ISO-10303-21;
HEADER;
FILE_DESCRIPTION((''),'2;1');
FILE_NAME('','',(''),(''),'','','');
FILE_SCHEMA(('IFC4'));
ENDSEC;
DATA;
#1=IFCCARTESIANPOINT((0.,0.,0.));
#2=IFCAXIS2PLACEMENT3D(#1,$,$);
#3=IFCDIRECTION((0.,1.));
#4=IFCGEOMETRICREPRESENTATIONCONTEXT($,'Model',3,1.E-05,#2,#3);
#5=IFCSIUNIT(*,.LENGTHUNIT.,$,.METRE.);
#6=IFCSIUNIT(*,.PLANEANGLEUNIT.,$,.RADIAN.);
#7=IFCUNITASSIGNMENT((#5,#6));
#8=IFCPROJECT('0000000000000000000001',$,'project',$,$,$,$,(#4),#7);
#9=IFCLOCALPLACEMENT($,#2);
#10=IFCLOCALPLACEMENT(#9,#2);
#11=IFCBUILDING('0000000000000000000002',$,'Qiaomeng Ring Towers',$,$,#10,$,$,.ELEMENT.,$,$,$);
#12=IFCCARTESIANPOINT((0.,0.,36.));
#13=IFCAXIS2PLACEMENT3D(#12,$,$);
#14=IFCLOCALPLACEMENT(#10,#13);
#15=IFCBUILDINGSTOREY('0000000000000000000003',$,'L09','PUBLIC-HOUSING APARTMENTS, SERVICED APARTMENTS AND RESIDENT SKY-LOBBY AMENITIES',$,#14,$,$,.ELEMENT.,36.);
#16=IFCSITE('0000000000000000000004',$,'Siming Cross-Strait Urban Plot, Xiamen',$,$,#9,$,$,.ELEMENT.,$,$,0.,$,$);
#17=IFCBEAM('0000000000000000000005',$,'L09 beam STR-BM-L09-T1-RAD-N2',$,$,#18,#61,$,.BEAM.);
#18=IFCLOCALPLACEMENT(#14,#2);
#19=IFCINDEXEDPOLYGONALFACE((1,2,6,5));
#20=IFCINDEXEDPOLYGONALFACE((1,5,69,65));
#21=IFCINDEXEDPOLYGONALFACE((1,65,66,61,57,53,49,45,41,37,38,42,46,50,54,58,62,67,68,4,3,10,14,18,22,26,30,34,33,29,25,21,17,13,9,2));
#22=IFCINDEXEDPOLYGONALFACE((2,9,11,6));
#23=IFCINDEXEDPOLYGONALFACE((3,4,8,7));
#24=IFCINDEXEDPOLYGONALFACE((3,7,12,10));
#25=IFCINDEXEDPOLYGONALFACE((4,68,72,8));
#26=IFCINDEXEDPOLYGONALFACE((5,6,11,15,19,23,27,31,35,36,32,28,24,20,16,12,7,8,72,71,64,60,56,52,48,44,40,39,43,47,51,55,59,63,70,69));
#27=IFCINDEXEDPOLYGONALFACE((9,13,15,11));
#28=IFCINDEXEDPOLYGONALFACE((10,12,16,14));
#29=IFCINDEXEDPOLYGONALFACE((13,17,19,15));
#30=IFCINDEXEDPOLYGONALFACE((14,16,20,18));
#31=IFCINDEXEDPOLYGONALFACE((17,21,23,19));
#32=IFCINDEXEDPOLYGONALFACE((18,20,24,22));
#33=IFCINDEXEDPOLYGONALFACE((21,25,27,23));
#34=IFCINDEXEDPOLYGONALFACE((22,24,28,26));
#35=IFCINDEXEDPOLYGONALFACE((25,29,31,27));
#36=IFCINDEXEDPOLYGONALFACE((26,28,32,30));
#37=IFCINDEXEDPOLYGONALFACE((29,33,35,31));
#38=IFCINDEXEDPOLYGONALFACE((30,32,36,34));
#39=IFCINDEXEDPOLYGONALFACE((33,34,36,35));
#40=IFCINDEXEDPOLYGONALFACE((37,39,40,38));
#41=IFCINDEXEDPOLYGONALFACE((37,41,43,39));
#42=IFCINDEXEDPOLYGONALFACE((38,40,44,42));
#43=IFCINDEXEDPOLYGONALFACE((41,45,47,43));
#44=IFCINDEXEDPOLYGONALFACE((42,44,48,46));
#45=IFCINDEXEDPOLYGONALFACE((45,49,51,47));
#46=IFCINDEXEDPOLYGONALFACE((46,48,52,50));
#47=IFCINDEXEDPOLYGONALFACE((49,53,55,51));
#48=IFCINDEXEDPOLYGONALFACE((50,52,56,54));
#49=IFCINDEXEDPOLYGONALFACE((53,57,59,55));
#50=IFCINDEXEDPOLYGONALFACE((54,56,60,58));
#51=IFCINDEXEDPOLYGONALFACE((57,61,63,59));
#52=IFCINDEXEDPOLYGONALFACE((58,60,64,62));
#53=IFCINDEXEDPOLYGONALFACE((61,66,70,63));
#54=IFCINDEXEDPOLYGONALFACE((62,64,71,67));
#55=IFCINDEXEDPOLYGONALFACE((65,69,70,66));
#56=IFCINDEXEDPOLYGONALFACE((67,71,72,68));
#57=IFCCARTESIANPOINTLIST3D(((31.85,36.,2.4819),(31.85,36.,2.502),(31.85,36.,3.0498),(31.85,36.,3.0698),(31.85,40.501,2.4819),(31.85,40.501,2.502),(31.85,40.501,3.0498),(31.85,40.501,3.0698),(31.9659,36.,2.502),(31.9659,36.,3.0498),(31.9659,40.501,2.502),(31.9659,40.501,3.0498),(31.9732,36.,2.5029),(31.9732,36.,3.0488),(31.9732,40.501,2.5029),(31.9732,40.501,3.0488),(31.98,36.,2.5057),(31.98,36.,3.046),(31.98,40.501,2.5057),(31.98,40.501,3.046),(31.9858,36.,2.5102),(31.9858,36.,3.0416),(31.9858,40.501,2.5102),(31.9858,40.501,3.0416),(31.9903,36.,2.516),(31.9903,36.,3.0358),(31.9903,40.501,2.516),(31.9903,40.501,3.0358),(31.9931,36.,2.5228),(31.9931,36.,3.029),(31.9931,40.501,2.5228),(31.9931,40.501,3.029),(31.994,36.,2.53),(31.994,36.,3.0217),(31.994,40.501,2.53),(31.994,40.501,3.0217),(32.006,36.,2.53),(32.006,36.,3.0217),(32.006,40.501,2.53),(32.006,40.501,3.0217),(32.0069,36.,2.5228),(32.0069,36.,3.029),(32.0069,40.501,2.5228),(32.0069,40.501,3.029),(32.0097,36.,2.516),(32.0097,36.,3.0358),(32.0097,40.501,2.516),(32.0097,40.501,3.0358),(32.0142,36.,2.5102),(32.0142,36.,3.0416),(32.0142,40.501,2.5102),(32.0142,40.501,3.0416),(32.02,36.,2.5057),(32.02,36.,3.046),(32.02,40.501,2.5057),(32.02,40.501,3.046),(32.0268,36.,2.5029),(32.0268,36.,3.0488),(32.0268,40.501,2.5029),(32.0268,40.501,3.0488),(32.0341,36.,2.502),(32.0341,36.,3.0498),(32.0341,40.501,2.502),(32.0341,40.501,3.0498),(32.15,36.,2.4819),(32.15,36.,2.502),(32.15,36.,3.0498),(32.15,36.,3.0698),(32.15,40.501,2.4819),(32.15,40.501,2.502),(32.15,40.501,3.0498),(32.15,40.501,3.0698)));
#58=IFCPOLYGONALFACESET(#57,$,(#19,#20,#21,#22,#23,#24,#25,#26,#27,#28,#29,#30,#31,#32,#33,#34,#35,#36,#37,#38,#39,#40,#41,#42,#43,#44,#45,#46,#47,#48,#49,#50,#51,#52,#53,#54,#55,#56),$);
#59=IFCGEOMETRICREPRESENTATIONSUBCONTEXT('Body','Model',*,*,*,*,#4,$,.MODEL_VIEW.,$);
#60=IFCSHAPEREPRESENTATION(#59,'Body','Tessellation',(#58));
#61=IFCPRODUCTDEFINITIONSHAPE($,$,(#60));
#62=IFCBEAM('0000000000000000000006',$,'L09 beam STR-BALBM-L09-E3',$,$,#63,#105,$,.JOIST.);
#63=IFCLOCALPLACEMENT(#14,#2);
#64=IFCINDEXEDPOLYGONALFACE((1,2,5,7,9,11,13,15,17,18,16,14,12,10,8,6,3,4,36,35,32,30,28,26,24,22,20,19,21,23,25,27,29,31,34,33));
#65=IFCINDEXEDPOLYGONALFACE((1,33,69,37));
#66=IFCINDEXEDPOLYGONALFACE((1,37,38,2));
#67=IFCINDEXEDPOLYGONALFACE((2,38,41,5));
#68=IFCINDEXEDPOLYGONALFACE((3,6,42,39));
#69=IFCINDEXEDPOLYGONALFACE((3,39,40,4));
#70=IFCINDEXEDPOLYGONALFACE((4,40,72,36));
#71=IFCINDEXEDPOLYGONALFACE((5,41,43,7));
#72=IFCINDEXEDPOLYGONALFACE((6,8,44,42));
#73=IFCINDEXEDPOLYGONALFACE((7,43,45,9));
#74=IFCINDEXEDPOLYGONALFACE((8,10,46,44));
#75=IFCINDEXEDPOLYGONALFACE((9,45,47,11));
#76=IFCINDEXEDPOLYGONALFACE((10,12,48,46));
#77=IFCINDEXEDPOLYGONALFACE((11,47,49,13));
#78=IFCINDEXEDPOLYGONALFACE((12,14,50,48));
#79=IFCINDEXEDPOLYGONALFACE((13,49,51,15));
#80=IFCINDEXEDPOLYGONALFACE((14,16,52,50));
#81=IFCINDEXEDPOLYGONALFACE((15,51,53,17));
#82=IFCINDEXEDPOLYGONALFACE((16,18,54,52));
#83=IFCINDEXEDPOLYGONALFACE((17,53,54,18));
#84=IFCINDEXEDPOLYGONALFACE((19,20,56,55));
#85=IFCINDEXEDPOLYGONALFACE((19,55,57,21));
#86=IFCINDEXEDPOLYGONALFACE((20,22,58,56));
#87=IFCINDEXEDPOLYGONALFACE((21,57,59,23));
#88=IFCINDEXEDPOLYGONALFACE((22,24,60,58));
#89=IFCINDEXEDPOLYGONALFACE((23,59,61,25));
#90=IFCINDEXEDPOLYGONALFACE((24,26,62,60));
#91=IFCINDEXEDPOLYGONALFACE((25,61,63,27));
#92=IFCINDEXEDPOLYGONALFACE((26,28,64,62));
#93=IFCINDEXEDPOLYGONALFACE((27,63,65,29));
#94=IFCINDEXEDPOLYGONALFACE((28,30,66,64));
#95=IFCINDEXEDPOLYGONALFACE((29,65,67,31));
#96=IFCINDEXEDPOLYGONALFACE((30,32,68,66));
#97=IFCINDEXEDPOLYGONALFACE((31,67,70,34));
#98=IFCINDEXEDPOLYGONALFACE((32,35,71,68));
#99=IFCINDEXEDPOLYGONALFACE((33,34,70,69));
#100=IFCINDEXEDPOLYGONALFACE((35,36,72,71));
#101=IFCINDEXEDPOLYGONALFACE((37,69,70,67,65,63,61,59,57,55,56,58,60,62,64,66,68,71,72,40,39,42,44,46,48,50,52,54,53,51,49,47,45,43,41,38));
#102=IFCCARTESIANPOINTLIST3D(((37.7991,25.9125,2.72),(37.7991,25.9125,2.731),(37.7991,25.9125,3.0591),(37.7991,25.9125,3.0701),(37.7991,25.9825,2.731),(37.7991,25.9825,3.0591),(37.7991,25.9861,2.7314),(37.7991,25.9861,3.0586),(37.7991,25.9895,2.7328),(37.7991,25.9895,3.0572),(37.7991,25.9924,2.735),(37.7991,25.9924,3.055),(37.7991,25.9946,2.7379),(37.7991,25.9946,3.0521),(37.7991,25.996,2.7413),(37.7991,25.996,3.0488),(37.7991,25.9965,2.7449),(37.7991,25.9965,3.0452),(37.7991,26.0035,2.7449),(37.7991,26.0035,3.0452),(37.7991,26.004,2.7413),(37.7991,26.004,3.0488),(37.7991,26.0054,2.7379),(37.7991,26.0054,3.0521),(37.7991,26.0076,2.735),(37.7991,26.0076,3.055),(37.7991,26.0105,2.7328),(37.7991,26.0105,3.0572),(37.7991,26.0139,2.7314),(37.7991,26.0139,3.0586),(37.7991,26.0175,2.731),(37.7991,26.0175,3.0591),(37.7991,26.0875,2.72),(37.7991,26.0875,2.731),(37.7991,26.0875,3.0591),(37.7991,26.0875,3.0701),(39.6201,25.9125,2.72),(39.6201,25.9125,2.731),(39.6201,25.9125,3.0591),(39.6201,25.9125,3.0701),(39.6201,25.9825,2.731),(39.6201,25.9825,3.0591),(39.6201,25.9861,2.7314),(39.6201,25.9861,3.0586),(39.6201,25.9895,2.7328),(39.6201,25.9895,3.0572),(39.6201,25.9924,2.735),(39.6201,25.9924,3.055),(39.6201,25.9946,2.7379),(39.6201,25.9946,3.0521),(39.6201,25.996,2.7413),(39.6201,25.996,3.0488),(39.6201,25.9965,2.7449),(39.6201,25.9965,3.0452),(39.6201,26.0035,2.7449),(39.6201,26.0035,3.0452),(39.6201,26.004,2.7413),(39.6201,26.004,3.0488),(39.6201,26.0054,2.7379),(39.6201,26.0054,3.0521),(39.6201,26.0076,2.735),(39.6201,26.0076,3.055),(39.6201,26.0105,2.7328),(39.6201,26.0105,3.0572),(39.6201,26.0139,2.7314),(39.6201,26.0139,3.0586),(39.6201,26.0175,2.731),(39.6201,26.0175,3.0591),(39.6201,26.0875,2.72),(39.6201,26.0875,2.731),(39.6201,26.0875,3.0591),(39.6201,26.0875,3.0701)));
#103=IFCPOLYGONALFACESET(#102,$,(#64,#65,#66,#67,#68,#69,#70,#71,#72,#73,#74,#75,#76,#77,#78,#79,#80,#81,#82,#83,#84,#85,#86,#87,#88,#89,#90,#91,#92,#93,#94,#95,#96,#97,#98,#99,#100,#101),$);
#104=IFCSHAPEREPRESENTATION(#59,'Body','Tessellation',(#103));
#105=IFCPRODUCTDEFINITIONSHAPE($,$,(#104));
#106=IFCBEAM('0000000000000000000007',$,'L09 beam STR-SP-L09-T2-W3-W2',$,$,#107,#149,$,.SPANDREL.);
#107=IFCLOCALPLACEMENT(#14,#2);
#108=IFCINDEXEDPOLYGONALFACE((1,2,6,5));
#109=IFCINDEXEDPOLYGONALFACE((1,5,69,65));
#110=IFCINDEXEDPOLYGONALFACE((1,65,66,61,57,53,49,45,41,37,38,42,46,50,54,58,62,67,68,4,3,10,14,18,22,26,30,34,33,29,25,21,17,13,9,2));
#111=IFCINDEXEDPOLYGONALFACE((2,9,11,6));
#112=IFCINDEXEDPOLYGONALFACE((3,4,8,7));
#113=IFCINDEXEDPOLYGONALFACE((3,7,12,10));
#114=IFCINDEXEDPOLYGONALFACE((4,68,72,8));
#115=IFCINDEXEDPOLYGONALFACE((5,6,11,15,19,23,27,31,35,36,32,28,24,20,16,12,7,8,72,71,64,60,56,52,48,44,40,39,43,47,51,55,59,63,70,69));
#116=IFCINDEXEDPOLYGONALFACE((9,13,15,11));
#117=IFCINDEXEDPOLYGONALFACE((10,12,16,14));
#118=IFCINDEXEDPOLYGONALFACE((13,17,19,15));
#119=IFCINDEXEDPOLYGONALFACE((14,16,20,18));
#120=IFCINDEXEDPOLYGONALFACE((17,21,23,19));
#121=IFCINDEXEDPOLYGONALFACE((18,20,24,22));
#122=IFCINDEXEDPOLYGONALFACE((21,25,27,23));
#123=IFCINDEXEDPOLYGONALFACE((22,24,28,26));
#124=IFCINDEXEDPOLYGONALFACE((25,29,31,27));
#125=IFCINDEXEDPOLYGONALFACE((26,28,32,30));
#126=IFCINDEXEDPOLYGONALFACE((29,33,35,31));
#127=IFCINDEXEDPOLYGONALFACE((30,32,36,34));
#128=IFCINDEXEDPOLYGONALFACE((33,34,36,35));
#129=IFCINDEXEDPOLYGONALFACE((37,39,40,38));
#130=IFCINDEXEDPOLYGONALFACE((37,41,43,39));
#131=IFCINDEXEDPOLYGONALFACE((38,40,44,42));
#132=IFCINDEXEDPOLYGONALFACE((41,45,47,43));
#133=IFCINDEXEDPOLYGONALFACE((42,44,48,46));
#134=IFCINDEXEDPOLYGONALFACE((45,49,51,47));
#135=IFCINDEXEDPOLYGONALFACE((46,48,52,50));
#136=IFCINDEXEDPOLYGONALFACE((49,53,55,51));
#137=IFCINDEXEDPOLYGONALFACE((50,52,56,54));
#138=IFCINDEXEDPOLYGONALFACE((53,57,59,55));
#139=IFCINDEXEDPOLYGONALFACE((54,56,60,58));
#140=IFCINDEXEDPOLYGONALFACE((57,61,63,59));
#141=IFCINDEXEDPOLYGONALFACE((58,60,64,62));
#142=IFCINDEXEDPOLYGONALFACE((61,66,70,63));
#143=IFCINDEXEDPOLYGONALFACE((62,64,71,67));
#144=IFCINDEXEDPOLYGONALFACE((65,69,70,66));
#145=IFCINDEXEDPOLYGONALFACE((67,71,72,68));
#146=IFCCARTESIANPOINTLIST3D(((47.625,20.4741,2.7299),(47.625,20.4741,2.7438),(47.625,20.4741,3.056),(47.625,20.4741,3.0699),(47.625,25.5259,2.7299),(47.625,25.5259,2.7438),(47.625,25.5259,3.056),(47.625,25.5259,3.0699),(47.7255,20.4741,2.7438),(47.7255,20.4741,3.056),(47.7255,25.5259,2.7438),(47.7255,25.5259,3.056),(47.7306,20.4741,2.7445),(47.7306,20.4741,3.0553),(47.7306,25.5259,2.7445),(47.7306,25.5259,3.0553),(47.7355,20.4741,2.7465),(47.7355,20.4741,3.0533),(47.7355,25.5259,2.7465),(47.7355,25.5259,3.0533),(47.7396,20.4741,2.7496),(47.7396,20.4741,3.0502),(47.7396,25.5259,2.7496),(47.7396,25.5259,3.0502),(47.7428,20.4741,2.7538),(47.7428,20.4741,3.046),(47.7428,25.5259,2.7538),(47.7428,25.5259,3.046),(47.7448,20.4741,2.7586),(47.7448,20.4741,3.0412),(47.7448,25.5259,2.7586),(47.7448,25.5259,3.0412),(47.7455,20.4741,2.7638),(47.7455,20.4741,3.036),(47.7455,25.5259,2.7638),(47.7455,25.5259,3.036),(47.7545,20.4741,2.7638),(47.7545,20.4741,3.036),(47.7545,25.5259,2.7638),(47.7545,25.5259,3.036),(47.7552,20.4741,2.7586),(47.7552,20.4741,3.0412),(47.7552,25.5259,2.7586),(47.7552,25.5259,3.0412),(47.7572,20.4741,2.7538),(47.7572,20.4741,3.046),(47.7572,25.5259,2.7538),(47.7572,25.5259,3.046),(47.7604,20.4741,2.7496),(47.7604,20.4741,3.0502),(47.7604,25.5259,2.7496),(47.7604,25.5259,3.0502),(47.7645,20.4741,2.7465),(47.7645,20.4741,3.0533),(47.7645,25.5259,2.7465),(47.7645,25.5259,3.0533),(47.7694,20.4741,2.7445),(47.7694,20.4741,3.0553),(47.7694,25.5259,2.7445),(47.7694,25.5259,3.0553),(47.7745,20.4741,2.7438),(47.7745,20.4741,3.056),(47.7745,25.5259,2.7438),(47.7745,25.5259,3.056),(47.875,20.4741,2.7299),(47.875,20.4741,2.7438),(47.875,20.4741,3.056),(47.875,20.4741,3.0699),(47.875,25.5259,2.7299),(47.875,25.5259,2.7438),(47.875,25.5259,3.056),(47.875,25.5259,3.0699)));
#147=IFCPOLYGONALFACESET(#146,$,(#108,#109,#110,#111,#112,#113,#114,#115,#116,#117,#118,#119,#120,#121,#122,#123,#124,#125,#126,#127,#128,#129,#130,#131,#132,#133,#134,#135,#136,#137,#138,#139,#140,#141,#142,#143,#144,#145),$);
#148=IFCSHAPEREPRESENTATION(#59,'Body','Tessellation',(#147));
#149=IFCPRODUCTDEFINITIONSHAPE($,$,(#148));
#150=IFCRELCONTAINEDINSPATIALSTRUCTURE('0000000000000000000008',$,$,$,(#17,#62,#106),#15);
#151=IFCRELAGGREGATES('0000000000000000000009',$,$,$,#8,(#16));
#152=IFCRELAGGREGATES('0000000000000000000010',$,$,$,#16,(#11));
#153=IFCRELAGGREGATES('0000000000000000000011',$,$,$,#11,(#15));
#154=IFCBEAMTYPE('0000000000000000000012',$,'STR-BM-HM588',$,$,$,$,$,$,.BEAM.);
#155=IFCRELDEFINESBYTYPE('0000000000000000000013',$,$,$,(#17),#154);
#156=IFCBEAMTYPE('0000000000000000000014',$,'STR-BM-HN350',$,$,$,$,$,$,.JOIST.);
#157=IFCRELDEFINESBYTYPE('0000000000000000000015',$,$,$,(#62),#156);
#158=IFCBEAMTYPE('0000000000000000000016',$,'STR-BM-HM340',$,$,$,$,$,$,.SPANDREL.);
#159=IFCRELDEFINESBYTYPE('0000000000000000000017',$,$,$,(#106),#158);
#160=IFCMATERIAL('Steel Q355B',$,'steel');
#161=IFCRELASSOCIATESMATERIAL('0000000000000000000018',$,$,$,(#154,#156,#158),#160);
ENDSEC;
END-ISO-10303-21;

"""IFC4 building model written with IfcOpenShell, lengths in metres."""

from ifc_helpers import new_model, si_unit, direction, frame, origin, origin_2d, place, context, subcontext, project, spatial, i_section, extrude, source, transform, mapped, material, material_profile, profile_set, type_object, element, save


model = new_model("IFC4")

# Units and contexts
model_context = context("Model", 3, precision=1e-05, world=origin(), true_north=direction((0.0, 1.0)))
body_context = subcontext(model_context, "Body", "Model", "MODEL_VIEW")
ifc_project = project(units=[si_unit("LENGTHUNIT", "METRE"), si_unit("PLANEANGLEUNIT", "RADIAN")], contexts=[model_context])

# Site, building, storey
site_placement = place(None, origin())
site = spatial("IfcSite", under=ifc_project, at=site_placement, Name="Siming Cross-Strait Urban Plot, Xiamen", CompositionType="ELEMENT", RefElevation=0.0)
building_placement = place(site_placement, origin())
building = spatial("IfcBuilding", under=site, at=building_placement, Name="Qiaomeng Ring Towers", CompositionType="ELEMENT")
storey_placement = place(building_placement, frame((0.0, 0.0, 36.0)))
storey = spatial("IfcBuildingStorey", under=building, at=storey_placement, Name="L09", Description="PUBLIC-HOUSING APARTMENTS, SERVICED APARTMENTS AND RESIDENT SKY-LOBBY AMENITIES", CompositionType="ELEMENT", Elevation=36.0)

# Beams
ifc_material_1 = material(Name="Steel Q355B", Category="steel")
ifc_material_profile_1 = material_profile(ifc_material_1, i_section(OverallWidth=0.3, OverallDepth=0.5879, WebThickness=0.012, FlangeThickness=0.02, FilletRadius=0.0281, at=origin_2d()), Name="HM 588x300x12x20")
ifc_profile_set_1 = profile_set([ifc_material_profile_1], Name="Steel Q355B")
beam_type_1 = type_object("IfcBeamType", Name="STR-BM-HM588", PredefinedType="BEAM", material=ifc_profile_set_1)
shared_shape_1 = source(origin(), body_context, "Body", "SweptSolid", [
    extrude(i_section(OverallWidth=0.3, OverallDepth=0.5879, WebThickness=0.012, FlangeThickness=0.02, FilletRadius=0.0281, at=origin_2d()), origin(), (0.0, 0.0, 1.0), 4.501),
])
beam_1_placement = place(storey_placement, frame((32.0, 40.501, 2.7759), z_axis=(0.0, -1.0, 0.0), x_axis=(1.0, 0.0, 0.0)))
element("IfcBeam", 1, at=beam_1_placement, inside=storey, type_object=beam_type_1, Name="L09 beam STR-BM-L09-T1-RAD-N2", PredefinedType="BEAM", context=body_context, shape_type="MappedRepresentation", body=[
    mapped(shared_shape_1, transform((0.0, 0.0, 0.0), x_axis=(1.0, 0.0, 0.0), y_axis=(0.0, 1.0, 0.0), z_axis=(0.0, 0.0, 1.0), scale=1.0)),
])
ifc_material_profile_2 = material_profile(ifc_material_1, i_section(OverallWidth=0.175, OverallDepth=0.3501, WebThickness=0.0071, FlangeThickness=0.011, FilletRadius=0.0139, at=origin_2d()), Name="HN 350x175x7x11")
ifc_profile_set_2 = profile_set([ifc_material_profile_2], Name="Steel Q355B")
beam_type_2 = type_object("IfcBeamType", Name="STR-BM-HN350", PredefinedType="JOIST", material=ifc_profile_set_2)
shared_shape_2 = source(origin(), body_context, "Body", "SweptSolid", [
    extrude(i_section(OverallWidth=0.175, OverallDepth=0.3501, WebThickness=0.0071, FlangeThickness=0.011, FilletRadius=0.0139, at=origin_2d()), origin(), (0.0, 0.0, 1.0), 1.821),
])
beam_2_placement = place(storey_placement, frame((37.7991, 26.0, 2.895), z_axis=(1.0, 0.0, 0.0), x_axis=(0.0, 1.0, 0.0)))
element("IfcBeam", 2, at=beam_2_placement, inside=storey, type_object=beam_type_2, Name="L09 beam STR-BALBM-L09-E3", PredefinedType="JOIST", context=body_context, shape_type="MappedRepresentation", body=[
    mapped(shared_shape_2, transform((0.0, 0.0, 0.0), x_axis=(1.0, 0.0, 0.0), y_axis=(0.0, 1.0, 0.0), z_axis=(0.0, 0.0, 1.0), scale=1.0)),
])
ifc_material_profile_3 = material_profile(ifc_material_1, i_section(OverallWidth=0.25, OverallDepth=0.3401, WebThickness=0.009, FlangeThickness=0.0139, FilletRadius=0.02, at=origin_2d()), Name="HM 340x250x9x14")
ifc_profile_set_3 = profile_set([ifc_material_profile_3], Name="Steel Q355B")
beam_type_3 = type_object("IfcBeamType", Name="STR-BM-HM340", PredefinedType="SPANDREL", material=ifc_profile_set_3)
shared_shape_3 = source(origin(), body_context, "Body", "SweptSolid", [
    extrude(i_section(OverallWidth=0.25, OverallDepth=0.3401, WebThickness=0.009, FlangeThickness=0.0139, FilletRadius=0.02, at=origin_2d()), origin(), (0.0, 0.0, 1.0), 5.0518),
])
beam_3_placement = place(storey_placement, frame((47.75, 25.5259, 2.8999), z_axis=(0.0, -1.0, 0.0), x_axis=(1.0, 0.0, 0.0)))
element("IfcBeam", 3, at=beam_3_placement, inside=storey, type_object=beam_type_3, Name="L09 beam STR-SP-L09-T2-W3-W2", PredefinedType="SPANDREL", context=body_context, shape_type="MappedRepresentation", body=[
    mapped(shared_shape_3, transform((0.0, 0.0, 0.0), x_axis=(1.0, 0.0, 0.0), y_axis=(0.0, 1.0, 0.0), z_axis=(0.0, 0.0, 1.0), scale=1.0)),
])

save(model, "model.ifc")
